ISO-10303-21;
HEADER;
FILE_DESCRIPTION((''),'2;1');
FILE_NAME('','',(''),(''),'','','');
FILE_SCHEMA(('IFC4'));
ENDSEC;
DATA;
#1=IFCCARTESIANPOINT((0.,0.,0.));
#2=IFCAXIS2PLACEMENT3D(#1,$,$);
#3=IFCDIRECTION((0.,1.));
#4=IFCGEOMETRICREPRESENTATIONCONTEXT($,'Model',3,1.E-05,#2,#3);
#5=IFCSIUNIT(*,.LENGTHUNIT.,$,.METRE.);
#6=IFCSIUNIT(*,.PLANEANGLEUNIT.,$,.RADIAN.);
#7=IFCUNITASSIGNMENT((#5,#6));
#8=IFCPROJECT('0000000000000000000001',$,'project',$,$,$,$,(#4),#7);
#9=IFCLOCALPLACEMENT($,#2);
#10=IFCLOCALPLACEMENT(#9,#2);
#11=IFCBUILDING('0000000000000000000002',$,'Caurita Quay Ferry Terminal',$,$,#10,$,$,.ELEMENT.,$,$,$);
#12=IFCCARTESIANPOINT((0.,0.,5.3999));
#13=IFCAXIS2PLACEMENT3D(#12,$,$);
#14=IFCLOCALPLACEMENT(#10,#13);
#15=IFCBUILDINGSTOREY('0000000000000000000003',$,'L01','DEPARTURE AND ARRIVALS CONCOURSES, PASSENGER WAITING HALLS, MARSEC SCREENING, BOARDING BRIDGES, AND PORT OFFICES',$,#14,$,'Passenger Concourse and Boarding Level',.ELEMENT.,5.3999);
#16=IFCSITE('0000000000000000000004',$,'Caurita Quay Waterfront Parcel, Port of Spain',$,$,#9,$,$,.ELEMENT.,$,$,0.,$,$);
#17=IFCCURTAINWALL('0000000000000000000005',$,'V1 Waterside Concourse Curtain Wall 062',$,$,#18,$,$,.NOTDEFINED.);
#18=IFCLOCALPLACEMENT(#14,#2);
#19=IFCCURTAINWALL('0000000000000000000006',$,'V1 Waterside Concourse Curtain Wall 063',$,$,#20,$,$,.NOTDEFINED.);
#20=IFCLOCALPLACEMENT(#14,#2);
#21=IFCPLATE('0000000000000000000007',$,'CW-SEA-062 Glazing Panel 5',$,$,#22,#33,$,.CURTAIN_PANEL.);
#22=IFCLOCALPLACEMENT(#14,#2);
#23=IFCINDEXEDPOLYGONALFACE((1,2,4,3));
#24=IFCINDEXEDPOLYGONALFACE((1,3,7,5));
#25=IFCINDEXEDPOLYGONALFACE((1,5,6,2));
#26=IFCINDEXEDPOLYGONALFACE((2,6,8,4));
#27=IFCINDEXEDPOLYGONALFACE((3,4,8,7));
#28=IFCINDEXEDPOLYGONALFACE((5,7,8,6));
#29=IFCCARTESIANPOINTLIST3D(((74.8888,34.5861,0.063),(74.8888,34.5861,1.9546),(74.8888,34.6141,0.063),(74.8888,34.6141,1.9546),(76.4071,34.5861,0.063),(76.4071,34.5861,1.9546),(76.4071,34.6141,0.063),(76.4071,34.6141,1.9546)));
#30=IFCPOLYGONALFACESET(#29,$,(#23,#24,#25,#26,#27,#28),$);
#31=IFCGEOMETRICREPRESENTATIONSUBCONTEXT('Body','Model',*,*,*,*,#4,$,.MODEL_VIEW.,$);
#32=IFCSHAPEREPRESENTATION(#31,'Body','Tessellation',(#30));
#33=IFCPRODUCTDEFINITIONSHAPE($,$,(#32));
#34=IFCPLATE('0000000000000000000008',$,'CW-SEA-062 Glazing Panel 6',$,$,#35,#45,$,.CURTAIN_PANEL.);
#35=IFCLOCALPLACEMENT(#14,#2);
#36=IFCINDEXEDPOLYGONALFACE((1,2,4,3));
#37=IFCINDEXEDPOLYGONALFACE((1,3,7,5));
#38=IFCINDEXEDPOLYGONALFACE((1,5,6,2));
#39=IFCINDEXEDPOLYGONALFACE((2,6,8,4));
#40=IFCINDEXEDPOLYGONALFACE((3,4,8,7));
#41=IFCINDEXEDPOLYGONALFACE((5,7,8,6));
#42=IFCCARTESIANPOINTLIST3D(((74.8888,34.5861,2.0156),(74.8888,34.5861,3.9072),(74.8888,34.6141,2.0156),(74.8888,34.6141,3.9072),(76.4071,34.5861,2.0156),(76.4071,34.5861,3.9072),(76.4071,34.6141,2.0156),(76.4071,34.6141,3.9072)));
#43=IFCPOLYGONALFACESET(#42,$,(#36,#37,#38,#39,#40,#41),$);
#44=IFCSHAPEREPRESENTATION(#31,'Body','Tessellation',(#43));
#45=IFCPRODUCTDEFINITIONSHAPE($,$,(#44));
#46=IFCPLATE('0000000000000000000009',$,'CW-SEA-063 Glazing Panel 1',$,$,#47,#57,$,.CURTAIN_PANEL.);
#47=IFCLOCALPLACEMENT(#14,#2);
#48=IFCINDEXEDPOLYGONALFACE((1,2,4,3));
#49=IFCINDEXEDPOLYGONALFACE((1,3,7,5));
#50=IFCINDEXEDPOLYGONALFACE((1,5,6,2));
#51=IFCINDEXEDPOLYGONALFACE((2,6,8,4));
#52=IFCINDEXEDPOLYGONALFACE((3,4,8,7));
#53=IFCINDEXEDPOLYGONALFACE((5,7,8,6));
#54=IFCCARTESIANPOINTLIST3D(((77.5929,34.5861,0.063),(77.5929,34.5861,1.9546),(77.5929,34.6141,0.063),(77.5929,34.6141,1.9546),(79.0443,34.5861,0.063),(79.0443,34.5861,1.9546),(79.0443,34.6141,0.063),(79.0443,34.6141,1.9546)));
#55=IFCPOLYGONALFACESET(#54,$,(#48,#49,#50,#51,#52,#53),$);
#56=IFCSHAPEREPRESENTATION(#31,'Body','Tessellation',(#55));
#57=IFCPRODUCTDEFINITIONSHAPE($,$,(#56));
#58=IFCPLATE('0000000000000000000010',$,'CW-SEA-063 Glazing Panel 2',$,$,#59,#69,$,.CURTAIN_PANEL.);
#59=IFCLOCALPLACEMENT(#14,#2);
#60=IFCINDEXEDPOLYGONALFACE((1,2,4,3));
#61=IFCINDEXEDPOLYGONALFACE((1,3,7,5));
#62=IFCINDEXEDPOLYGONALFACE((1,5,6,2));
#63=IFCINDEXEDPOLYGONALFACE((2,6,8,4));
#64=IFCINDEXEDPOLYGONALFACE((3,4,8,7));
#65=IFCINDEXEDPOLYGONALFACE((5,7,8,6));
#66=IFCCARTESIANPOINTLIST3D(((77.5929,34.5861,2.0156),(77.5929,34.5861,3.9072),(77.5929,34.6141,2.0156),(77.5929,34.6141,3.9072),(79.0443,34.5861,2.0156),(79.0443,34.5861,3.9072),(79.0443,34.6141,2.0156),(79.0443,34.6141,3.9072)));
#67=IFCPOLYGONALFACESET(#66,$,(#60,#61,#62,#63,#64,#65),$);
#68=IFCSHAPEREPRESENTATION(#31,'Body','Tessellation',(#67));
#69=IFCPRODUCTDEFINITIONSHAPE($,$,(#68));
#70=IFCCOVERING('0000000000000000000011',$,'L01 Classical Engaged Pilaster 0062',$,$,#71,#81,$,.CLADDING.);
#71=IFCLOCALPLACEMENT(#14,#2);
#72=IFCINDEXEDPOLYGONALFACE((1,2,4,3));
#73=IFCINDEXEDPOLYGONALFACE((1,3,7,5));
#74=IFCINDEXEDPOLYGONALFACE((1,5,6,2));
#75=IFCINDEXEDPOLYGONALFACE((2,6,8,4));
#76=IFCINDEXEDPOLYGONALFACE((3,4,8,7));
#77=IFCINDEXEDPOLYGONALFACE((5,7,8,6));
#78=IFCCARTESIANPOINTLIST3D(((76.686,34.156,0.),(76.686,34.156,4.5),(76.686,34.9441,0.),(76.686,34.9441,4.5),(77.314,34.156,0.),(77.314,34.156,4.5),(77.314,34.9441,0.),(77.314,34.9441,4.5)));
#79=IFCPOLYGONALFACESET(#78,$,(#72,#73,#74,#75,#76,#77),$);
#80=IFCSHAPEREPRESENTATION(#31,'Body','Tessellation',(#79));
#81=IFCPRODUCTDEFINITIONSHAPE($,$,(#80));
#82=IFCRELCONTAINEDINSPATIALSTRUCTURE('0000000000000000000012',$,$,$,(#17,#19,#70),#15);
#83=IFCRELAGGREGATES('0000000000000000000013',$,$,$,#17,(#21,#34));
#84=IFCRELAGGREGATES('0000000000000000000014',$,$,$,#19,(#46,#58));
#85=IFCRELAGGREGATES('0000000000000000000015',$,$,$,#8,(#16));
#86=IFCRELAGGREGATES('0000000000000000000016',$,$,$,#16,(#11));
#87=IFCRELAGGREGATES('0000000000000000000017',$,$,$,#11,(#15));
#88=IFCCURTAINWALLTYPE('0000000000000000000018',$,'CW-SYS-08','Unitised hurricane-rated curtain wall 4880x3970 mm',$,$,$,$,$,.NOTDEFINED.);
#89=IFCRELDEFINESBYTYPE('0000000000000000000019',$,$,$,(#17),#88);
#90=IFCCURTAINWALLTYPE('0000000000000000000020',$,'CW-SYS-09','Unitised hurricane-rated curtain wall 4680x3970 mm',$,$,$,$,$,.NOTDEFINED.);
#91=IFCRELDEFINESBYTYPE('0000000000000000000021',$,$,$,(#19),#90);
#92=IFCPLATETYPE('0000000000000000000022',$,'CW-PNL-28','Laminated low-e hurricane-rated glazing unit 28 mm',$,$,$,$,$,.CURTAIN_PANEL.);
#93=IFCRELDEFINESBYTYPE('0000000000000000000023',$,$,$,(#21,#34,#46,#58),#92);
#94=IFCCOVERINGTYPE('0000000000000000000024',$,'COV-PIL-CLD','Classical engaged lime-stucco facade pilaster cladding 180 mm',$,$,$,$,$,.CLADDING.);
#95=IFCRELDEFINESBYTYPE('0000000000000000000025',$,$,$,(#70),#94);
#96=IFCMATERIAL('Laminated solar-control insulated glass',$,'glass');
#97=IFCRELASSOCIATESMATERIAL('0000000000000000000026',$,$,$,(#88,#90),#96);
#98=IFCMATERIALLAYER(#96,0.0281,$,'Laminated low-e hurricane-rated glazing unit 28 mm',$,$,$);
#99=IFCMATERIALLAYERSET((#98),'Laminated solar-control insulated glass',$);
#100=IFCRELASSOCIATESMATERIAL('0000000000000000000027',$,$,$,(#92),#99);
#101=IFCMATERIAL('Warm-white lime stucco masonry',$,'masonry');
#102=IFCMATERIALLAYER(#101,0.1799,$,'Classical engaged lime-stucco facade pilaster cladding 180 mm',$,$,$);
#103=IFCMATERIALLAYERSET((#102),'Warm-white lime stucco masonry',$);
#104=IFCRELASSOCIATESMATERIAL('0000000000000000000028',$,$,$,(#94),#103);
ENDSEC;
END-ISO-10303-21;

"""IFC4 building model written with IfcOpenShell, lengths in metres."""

from ifc_helpers import new_model, si_unit, direction, frame, origin, origin_2d, place, context, subcontext, project, spatial, rectangle, extrude, material, layer, layer_set, type_object, element, aggregate, save


model = new_model("IFC4")

# Units and contexts
model_context = context("Model", 3, precision=1e-05, world=origin(), true_north=direction((0.0, 1.0)))
body_context = subcontext(model_context, "Body", "Model", "MODEL_VIEW")
ifc_project = project(units=[si_unit("LENGTHUNIT", "METRE"), si_unit("PLANEANGLEUNIT", "RADIAN")], contexts=[model_context])

# Site, building, storey
site_placement = place(None, origin())
site = spatial("IfcSite", under=ifc_project, at=site_placement, Name="Caurita Quay Waterfront Parcel, Port of Spain", CompositionType="ELEMENT", RefElevation=0.0)
building_placement = place(site_placement, origin())
building = spatial("IfcBuilding", under=site, at=building_placement, Name="Caurita Quay Ferry Terminal", CompositionType="ELEMENT")
storey_placement = place(building_placement, frame((0.0, 0.0, 5.3999)))
storey = spatial("IfcBuildingStorey", under=building, at=storey_placement, Name="L01", Description="DEPARTURE AND ARRIVALS CONCOURSES, PASSENGER WAITING HALLS, MARSEC SCREENING, BOARDING BRIDGES, AND PORT OFFICES", LongName="Passenger Concourse and Boarding Level", CompositionType="ELEMENT", Elevation=5.3999)

# Curtain walls
ifc_material_1 = material(Name="Laminated solar-control insulated glass", Category="glass")
curtain_wall_type_1 = type_object("IfcCurtainWallType", Name="CW-SYS-08", Description="Unitised hurricane-rated curtain wall 4880x3970 mm", PredefinedType="NOTDEFINED", material=ifc_material_1)
curtain_wall_1_placement = place(storey_placement, origin())
curtain_wall_1 = element("IfcCurtainWall", 1, at=curtain_wall_1_placement, inside=storey, type_object=curtain_wall_type_1, Name="V1 Waterside Concourse Curtain Wall 062", PredefinedType="NOTDEFINED")
curtain_wall_type_2 = type_object("IfcCurtainWallType", Name="CW-SYS-09", Description="Unitised hurricane-rated curtain wall 4680x3970 mm", PredefinedType="NOTDEFINED", material=ifc_material_1)
curtain_wall_2_placement = place(storey_placement, origin())
curtain_wall_2 = element("IfcCurtainWall", 2, at=curtain_wall_2_placement, inside=storey, type_object=curtain_wall_type_2, Name="V1 Waterside Concourse Curtain Wall 063", PredefinedType="NOTDEFINED")

# Plates
ifc_layer_1 = layer(ifc_material_1, 0.0281, Name="Laminated low-e hurricane-rated glazing unit 28 mm")
ifc_layer_set_1 = layer_set([ifc_layer_1], Name="Laminated solar-control insulated glass")
plate_type = type_object("IfcPlateType", Name="CW-PNL-28", Description="Laminated low-e hurricane-rated glazing unit 28 mm", PredefinedType="CURTAIN_PANEL", material=ifc_layer_set_1)
plate_1_placement = place(storey_placement, frame((75.6479, 34.6001, 0.063), z_axis=(0.0, 0.0, 1.0), x_axis=(1.0, 0.0, 0.0)))
plate_1 = element("IfcPlate", 3, at=plate_1_placement, type_object=plate_type, Name="CW-SEA-062 Glazing Panel 5", PredefinedType="CURTAIN_PANEL", context=body_context, shape_type="SweptSolid", body=[
    extrude(rectangle(XDim=1.5183, YDim=0.0281, at=origin_2d()), origin(), (0.0, 0.0, 1.0), 1.8916),
])
plate_2_placement = place(storey_placement, frame((75.6479, 34.6001, 2.0156), z_axis=(0.0, 0.0, 1.0), x_axis=(1.0, 0.0, 0.0)))
plate_2 = element("IfcPlate", 4, at=plate_2_placement, type_object=plate_type, Name="CW-SEA-062 Glazing Panel 6", PredefinedType="CURTAIN_PANEL", context=body_context, shape_type="SweptSolid", body=[
    extrude(rectangle(XDim=1.5183, YDim=0.0281, at=origin_2d()), origin(), (0.0, 0.0, 1.0), 1.8916),
])
aggregate(curtain_wall_1, [plate_1, plate_2])
plate_3_placement = place(storey_placement, frame((78.3186, 34.6001, 0.063), z_axis=(0.0, 0.0, 1.0), x_axis=(1.0, 0.0, 0.0)))
plate_3 = element("IfcPlate", 5, at=plate_3_placement, type_object=plate_type, Name="CW-SEA-063 Glazing Panel 1", PredefinedType="CURTAIN_PANEL", context=body_context, shape_type="SweptSolid", body=[
    extrude(rectangle(XDim=1.4514, YDim=0.0281, at=origin_2d()), origin(), (0.0, 0.0, 1.0), 1.8916),
])
plate_4_placement = place(storey_placement, frame((78.3186, 34.6001, 2.0156), z_axis=(0.0, 0.0, 1.0), x_axis=(1.0, 0.0, 0.0)))
plate_4 = element("IfcPlate", 6, at=plate_4_placement, type_object=plate_type, Name="CW-SEA-063 Glazing Panel 2", PredefinedType="CURTAIN_PANEL", context=body_context, shape_type="SweptSolid", body=[
    extrude(rectangle(XDim=1.4514, YDim=0.0281, at=origin_2d()), origin(), (0.0, 0.0, 1.0), 1.8916),
])
aggregate(curtain_wall_2, [plate_3, plate_4])

# Covering
ifc_material_2 = material(Name="Warm-white lime stucco masonry", Category="masonry")
ifc_layer_2 = layer(ifc_material_2, 0.1799, Name="Classical engaged lime-stucco facade pilaster cladding 180 mm")
ifc_layer_set_2 = layer_set([ifc_layer_2], Name="Warm-white lime stucco masonry")
covering_type = type_object("IfcCoveringType", Name="COV-PIL-CLD", Description="Classical engaged lime-stucco facade pilaster cladding 180 mm", PredefinedType="CLADDING", material=ifc_layer_set_2)
covering_placement = place(storey_placement, frame((77.0, 34.55, 0.0), z_axis=(0.0, 0.0, 1.0), x_axis=(1.0, 0.0, 0.0)))
element("IfcCovering", 7, at=covering_placement, inside=storey, type_object=covering_type, Name="L01 Classical Engaged Pilaster 0062", PredefinedType="CLADDING", context=body_context, shape_type="SweptSolid", body=[
    extrude(rectangle(XDim=0.6279, YDim=0.7881, at=origin_2d()), origin(), (0.0, 0.0, 1.0), 4.5),
])

save(model, "model.ifc")
